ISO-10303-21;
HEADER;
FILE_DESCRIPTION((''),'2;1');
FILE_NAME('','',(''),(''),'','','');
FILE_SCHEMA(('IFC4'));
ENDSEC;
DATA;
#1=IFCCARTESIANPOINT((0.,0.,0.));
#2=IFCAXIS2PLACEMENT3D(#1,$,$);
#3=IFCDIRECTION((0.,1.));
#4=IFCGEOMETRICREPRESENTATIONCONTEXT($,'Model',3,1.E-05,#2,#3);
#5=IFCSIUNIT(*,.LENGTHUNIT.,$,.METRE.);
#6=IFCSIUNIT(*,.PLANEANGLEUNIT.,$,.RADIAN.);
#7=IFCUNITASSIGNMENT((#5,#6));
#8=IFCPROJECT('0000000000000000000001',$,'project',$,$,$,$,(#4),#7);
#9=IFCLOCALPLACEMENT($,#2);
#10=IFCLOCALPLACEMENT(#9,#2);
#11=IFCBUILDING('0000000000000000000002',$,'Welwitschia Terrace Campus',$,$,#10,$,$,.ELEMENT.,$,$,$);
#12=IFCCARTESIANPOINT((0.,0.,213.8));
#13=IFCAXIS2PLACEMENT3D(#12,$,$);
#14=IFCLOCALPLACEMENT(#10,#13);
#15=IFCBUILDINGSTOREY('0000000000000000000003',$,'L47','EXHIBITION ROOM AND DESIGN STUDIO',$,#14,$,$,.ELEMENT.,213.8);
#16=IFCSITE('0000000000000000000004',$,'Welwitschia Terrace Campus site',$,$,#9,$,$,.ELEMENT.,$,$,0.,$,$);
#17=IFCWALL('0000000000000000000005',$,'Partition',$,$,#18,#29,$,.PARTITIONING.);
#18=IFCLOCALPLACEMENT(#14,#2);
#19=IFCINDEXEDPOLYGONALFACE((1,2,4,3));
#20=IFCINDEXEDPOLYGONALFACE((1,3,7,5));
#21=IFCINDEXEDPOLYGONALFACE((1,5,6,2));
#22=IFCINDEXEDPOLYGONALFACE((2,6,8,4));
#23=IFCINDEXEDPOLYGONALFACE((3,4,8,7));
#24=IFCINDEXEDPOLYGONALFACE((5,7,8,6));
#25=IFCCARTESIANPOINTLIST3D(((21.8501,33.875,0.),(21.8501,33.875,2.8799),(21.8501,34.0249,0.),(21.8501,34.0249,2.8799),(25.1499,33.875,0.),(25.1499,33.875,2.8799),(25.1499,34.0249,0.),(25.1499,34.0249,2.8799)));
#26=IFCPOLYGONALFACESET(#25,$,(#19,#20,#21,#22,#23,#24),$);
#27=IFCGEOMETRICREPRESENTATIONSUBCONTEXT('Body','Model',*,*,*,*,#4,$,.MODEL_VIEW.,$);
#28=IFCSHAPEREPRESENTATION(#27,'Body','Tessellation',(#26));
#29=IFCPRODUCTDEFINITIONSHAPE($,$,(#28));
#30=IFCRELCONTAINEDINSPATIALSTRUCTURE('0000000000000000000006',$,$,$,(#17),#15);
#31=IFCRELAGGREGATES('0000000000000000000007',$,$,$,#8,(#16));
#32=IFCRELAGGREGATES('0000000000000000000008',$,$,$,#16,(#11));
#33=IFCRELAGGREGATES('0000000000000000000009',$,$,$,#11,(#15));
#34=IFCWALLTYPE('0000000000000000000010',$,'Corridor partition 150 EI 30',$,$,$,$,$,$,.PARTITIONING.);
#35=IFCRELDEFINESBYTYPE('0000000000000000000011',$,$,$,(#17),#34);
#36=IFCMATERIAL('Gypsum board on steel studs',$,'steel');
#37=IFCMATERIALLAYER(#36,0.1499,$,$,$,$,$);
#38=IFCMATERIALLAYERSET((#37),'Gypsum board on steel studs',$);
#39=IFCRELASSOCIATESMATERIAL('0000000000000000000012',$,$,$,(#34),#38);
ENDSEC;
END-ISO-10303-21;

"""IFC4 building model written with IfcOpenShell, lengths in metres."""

from ifc_helpers import new_model, si_unit, direction, frame, frame_2d, origin, place, context, subcontext, project, spatial, rectangle, extrude, material, layer, layer_set, type_object, element, save


model = new_model("IFC4")

# Units and contexts
model_context = context("Model", 3, precision=1e-05, world=origin(), true_north=direction((0.0, 1.0)))
body_context = subcontext(model_context, "Body", "Model", "MODEL_VIEW")
ifc_project = project(units=[si_unit("LENGTHUNIT", "METRE"), si_unit("PLANEANGLEUNIT", "RADIAN")], contexts=[model_context])

# Site, building, storey
site_placement = place(None, origin())
site = spatial("IfcSite", under=ifc_project, at=site_placement, Name="Welwitschia Terrace Campus site", CompositionType="ELEMENT", RefElevation=0.0)
building_placement = place(site_placement, origin())
building = spatial("IfcBuilding", under=site, at=building_placement, Name="Welwitschia Terrace Campus", CompositionType="ELEMENT")
storey_placement = place(building_placement, frame((0.0, 0.0, 213.8)))
storey = spatial("IfcBuildingStorey", under=building, at=storey_placement, Name="L47", Description="EXHIBITION ROOM AND DESIGN STUDIO", CompositionType="ELEMENT", Elevation=213.8)

# Wall
ifc_material_1 = material(Name="Gypsum board on steel studs", Category="steel")
ifc_layer_1 = layer(ifc_material_1, 0.1499)
ifc_layer_set_1 = layer_set([ifc_layer_1], Name="Gypsum board on steel studs")
wall_type = type_object("IfcWallType", Name="Corridor partition 150 EI 30", PredefinedType="PARTITIONING", material=ifc_layer_set_1)
wall_1_placement = place(storey_placement, frame((21.8501, 33.95, 0.0), z_axis=(0.0, 0.0, 1.0), x_axis=(1.0, 0.0, 0.0)))
element("IfcWall", 1, at=wall_1_placement, inside=storey, type_object=wall_type, Name="Partition", PredefinedType="PARTITIONING", context=body_context, shape_type="SweptSolid", body=[
    extrude(rectangle(XDim=3.2998, YDim=0.1499, at=frame_2d((1.6499, 0.0))), origin(), (0.0, 0.0, 1.0), 2.8799),
])

save(model, "model.ifc")
